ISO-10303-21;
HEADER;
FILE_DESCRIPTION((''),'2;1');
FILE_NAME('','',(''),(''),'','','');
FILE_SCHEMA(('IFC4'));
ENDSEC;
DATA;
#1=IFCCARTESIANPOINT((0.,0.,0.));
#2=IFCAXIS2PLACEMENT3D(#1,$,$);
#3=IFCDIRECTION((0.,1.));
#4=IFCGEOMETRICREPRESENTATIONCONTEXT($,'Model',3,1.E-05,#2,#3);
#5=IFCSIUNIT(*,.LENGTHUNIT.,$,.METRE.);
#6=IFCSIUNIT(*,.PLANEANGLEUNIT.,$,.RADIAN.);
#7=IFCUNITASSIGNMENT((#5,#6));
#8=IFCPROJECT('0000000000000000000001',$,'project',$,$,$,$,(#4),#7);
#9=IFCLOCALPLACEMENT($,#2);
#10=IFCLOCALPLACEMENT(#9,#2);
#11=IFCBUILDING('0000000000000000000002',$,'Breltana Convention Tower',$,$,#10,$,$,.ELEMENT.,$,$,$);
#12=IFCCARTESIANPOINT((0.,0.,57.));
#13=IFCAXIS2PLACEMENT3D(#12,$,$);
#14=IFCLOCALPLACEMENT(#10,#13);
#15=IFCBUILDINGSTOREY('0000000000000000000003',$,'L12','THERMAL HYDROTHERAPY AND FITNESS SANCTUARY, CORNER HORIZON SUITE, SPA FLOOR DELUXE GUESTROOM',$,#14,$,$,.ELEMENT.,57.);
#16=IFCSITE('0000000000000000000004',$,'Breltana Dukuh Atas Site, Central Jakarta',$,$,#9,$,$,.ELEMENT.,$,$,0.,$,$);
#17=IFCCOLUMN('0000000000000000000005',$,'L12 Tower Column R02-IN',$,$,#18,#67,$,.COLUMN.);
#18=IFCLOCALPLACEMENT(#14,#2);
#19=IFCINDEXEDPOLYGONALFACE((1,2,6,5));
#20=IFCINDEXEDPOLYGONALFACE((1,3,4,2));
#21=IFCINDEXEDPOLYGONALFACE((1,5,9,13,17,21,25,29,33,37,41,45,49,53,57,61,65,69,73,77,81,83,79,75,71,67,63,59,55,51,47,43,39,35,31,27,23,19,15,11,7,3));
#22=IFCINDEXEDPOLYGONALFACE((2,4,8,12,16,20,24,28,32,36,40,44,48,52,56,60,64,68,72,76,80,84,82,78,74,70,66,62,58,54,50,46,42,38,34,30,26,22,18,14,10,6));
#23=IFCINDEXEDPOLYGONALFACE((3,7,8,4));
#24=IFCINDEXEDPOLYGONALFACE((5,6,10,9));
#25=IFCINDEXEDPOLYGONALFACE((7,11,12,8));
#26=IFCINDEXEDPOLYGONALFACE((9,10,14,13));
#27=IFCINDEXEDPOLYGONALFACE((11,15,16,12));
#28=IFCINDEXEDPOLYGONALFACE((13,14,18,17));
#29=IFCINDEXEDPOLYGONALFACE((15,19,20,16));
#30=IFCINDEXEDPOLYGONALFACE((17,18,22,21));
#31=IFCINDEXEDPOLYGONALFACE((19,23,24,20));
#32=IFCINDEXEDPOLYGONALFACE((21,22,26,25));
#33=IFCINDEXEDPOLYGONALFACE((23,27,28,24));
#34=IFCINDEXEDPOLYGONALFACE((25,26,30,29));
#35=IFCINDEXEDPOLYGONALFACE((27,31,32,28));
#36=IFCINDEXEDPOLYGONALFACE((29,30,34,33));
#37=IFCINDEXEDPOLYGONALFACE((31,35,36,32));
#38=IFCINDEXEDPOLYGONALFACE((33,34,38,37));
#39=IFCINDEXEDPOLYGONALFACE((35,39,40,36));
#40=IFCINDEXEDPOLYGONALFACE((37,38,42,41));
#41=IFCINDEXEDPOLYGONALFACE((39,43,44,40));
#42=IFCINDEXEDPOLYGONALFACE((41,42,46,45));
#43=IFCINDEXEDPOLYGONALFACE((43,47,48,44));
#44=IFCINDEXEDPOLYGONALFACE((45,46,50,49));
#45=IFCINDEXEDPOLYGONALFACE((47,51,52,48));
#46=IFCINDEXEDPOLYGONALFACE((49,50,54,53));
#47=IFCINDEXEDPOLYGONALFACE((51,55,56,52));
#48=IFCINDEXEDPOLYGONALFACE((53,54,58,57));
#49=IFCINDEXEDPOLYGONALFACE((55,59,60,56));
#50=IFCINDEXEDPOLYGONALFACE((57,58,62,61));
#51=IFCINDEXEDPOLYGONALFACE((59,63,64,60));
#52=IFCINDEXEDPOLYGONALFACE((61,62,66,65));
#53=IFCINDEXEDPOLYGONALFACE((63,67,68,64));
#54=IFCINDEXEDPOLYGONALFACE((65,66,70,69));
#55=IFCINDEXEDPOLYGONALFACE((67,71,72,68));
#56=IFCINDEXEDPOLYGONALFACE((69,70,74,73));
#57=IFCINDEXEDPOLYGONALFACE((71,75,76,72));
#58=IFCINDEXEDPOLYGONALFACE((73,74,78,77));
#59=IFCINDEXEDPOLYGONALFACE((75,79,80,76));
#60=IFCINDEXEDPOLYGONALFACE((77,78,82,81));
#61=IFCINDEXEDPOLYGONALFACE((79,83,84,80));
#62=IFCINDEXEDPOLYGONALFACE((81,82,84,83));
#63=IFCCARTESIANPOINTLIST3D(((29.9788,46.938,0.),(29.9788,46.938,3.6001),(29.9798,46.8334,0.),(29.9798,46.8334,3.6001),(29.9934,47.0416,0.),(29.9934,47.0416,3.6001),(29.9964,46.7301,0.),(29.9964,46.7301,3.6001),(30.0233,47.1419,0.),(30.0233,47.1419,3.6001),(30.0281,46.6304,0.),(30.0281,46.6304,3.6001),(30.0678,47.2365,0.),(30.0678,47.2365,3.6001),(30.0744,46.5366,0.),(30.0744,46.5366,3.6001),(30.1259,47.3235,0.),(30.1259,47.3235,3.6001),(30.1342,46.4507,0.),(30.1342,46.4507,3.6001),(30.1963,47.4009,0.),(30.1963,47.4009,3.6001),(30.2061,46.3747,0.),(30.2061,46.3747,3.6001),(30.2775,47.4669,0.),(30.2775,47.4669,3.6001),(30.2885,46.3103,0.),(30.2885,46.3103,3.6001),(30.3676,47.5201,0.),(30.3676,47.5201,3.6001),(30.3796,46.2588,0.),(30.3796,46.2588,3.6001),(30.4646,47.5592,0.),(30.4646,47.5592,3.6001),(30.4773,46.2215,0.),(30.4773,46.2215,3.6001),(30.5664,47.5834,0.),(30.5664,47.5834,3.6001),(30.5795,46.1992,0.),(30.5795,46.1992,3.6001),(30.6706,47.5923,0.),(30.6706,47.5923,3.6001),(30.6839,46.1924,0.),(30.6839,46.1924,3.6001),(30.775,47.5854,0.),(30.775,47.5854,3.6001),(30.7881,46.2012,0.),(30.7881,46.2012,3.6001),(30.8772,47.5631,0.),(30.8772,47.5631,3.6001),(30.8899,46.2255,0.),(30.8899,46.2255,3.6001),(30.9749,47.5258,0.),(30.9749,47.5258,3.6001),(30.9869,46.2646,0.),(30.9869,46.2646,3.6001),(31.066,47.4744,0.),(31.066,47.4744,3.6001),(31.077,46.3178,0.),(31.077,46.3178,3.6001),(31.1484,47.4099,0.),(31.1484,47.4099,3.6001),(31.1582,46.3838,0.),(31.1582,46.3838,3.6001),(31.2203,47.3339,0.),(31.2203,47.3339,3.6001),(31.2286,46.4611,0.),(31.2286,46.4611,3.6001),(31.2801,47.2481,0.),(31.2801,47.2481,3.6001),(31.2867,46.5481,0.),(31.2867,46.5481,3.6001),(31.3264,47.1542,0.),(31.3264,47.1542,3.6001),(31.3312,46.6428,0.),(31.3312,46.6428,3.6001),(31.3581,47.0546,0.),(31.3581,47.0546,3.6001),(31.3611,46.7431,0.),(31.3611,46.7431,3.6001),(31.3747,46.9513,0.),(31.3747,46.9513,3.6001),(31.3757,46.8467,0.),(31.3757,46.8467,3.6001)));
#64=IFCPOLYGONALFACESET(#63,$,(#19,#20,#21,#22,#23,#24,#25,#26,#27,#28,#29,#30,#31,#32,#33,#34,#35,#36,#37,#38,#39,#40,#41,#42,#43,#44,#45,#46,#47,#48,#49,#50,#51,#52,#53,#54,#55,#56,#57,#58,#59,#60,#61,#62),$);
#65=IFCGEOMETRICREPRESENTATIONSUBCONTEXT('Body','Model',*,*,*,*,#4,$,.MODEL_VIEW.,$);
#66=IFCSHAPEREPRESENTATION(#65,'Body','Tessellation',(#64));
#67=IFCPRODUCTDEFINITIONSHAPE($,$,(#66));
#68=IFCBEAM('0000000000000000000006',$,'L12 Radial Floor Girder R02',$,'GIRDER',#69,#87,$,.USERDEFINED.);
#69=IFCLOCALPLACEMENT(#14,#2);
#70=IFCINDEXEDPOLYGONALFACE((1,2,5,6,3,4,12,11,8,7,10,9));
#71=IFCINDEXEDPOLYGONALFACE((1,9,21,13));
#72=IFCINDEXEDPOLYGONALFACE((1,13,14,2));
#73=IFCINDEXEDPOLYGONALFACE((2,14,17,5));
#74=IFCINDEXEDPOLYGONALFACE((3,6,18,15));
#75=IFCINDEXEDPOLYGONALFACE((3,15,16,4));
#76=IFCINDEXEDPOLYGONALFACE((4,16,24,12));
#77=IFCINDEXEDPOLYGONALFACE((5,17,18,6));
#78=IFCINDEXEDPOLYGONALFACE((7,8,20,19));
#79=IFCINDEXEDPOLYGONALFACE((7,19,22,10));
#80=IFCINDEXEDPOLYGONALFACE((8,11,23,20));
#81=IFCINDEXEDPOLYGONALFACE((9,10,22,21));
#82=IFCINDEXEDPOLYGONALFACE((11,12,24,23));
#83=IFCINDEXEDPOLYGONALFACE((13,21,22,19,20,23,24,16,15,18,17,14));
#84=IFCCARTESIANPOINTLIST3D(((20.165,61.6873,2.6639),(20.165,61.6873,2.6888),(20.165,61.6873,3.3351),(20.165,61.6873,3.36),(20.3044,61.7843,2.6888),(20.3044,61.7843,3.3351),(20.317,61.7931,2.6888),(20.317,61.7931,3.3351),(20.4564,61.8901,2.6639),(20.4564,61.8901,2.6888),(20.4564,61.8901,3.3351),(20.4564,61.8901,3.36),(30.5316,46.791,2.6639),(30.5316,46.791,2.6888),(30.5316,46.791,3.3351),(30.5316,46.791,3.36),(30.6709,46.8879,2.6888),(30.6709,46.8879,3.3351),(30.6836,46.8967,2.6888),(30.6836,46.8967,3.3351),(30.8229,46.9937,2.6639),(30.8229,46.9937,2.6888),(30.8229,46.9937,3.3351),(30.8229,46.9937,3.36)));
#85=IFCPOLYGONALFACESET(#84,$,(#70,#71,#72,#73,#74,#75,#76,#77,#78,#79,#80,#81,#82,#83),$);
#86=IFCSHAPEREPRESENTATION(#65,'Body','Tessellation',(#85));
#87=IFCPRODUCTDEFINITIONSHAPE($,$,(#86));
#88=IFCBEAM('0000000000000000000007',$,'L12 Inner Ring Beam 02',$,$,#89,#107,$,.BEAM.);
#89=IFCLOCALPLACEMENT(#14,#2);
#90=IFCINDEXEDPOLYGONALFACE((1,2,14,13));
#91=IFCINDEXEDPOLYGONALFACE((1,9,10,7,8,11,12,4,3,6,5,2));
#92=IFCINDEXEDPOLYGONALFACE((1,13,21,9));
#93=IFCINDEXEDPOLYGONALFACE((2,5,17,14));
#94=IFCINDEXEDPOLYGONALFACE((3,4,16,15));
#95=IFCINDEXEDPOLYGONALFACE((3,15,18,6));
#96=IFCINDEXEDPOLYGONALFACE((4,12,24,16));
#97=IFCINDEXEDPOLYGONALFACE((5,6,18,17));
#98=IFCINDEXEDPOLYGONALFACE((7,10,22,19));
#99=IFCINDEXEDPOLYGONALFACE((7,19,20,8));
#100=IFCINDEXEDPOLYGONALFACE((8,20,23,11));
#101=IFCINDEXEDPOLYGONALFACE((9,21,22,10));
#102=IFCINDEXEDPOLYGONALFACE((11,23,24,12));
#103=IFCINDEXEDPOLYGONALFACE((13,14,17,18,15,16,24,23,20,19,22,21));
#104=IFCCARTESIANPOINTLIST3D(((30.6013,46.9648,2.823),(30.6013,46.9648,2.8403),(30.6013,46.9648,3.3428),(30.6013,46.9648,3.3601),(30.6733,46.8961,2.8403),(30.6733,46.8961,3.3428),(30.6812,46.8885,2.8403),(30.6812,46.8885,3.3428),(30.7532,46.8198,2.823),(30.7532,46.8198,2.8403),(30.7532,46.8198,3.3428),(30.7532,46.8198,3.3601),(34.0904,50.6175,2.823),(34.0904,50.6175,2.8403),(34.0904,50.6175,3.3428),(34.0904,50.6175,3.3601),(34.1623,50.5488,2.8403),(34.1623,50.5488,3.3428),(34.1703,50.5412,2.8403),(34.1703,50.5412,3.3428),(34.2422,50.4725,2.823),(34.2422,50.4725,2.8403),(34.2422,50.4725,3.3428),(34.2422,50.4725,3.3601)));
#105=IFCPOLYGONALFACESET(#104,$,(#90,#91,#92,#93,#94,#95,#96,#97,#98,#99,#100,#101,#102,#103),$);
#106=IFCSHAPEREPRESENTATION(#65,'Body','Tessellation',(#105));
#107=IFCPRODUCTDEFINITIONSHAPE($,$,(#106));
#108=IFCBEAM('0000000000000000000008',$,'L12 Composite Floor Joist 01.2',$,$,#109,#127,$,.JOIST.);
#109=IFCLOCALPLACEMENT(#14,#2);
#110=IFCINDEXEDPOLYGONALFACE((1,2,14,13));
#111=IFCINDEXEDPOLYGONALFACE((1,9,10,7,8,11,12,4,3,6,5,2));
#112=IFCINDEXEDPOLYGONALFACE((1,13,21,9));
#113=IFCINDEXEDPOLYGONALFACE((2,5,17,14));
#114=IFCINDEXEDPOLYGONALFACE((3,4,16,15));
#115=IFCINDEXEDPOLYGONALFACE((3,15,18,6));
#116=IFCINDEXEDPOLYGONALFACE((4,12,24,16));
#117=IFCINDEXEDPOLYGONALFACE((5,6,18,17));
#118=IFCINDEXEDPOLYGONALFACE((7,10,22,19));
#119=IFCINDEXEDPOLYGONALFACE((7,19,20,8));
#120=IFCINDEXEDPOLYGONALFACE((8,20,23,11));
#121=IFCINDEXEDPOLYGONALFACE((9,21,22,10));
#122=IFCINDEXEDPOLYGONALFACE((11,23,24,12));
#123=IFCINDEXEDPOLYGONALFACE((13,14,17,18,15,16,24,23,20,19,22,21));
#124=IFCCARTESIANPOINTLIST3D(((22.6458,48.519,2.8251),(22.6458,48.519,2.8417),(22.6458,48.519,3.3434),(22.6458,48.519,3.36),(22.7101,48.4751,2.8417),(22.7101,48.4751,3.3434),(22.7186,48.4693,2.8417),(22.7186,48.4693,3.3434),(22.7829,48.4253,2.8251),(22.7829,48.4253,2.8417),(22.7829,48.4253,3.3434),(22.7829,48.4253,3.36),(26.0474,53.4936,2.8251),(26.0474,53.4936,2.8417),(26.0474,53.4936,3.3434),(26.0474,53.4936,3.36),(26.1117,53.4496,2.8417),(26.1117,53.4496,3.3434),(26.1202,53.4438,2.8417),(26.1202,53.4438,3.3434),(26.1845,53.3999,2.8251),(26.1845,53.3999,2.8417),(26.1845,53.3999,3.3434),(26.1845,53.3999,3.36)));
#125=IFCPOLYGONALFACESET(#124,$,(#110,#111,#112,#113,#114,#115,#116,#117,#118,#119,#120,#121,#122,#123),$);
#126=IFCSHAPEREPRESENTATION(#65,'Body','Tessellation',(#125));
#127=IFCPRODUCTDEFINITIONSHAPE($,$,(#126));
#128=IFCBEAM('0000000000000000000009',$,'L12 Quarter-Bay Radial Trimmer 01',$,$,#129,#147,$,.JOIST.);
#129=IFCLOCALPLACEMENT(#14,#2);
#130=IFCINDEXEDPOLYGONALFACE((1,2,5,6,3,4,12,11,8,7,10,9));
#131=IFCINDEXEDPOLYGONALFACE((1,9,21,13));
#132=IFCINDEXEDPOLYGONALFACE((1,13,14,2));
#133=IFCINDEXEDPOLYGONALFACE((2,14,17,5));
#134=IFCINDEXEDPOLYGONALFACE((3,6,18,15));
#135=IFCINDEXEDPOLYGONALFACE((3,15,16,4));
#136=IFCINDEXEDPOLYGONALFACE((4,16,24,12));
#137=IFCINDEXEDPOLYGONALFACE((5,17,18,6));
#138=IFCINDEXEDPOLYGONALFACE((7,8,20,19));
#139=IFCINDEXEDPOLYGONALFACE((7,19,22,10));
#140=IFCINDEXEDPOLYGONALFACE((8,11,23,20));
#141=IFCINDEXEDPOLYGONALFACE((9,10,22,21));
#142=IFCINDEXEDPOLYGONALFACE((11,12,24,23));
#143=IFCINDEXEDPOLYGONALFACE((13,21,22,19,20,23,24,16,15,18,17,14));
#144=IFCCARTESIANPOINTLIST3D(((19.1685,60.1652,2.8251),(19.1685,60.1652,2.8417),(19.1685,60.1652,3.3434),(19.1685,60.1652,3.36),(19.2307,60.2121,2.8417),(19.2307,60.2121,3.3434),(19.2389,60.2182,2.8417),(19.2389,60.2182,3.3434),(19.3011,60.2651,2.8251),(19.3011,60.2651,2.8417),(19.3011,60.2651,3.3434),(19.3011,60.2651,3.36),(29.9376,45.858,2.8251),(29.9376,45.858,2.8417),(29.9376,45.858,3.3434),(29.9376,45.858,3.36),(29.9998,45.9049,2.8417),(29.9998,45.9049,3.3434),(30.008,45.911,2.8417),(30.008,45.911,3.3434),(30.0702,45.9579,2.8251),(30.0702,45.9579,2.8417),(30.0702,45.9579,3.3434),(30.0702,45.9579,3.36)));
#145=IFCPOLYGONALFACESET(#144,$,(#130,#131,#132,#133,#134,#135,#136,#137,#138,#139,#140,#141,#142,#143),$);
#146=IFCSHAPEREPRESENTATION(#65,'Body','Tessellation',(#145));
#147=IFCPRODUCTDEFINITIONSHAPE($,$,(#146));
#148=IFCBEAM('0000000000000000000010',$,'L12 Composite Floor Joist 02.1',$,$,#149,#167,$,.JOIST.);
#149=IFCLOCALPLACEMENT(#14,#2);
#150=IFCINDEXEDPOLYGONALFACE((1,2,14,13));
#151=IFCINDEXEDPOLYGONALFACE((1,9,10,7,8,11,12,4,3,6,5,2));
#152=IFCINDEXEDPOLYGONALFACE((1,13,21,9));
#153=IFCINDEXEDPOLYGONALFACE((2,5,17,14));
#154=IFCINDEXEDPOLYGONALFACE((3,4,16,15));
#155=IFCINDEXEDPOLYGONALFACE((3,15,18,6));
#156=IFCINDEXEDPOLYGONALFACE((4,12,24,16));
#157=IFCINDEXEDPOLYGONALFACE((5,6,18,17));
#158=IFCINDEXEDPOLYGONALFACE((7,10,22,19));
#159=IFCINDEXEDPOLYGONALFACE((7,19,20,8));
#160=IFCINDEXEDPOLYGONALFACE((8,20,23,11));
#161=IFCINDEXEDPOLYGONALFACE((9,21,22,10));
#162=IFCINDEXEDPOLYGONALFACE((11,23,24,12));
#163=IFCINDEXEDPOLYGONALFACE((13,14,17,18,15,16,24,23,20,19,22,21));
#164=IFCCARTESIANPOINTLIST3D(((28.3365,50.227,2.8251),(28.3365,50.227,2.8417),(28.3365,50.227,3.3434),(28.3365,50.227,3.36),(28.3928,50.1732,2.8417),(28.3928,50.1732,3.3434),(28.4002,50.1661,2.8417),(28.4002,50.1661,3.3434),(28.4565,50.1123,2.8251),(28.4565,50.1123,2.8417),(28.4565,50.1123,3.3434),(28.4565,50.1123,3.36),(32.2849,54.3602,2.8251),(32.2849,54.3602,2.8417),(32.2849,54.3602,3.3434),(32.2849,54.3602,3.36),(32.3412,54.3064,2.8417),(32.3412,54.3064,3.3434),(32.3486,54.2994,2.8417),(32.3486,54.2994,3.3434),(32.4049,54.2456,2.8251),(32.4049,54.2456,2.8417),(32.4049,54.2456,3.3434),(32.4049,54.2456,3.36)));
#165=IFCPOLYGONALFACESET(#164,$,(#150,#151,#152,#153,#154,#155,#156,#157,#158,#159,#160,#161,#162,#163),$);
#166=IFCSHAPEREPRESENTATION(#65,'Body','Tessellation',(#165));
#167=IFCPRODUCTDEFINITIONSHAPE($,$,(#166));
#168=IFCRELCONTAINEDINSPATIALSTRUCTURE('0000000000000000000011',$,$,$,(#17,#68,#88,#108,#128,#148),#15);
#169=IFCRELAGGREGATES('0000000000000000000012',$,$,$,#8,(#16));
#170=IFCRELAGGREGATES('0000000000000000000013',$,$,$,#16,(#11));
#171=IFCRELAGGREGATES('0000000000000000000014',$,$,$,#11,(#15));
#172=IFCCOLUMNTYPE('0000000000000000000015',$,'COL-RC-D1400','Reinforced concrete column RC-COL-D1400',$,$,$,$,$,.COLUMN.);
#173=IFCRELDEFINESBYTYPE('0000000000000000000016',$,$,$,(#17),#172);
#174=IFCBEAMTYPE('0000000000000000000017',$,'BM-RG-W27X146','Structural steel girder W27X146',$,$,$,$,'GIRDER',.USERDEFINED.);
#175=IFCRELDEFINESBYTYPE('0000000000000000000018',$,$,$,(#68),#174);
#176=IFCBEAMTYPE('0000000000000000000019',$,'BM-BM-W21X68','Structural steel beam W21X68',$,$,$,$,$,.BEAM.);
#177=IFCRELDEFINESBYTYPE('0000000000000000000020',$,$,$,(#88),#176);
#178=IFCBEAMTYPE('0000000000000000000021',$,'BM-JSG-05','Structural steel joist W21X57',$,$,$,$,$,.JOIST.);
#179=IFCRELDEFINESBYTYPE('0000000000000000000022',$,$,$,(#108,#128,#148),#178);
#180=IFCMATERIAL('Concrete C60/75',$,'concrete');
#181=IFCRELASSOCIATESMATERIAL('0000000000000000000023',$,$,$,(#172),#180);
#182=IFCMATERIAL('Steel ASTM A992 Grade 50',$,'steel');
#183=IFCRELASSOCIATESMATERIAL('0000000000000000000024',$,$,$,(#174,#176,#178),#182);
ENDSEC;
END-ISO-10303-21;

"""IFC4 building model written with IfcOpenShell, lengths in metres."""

from ifc_helpers import new_model, si_unit, direction, frame, origin, origin_2d, place, context, subcontext, project, spatial, circle, i_section, extrude, source, transform, mapped, material, material_profile, profile_set, type_object, element, save


model = new_model("IFC4")

# Units and contexts
model_context = context("Model", 3, precision=1e-05, world=origin(), true_north=direction((0.0, 1.0)))
body_context = subcontext(model_context, "Body", "Model", "MODEL_VIEW")
ifc_project = project(units=[si_unit("LENGTHUNIT", "METRE"), si_unit("PLANEANGLEUNIT", "RADIAN")], contexts=[model_context])

# Site, building, storey
site_placement = place(None, origin())
site = spatial("IfcSite", under=ifc_project, at=site_placement, Name="Breltana Dukuh Atas Site, Central Jakarta", CompositionType="ELEMENT", RefElevation=0.0)
building_placement = place(site_placement, origin())
building = spatial("IfcBuilding", under=site, at=building_placement, Name="Breltana Convention Tower", CompositionType="ELEMENT")
storey_placement = place(building_placement, frame((0.0, 0.0, 57.0)))
storey = spatial("IfcBuildingStorey", under=building, at=storey_placement, Name="L12", Description="THERMAL HYDROTHERAPY AND FITNESS SANCTUARY, CORNER HORIZON SUITE, SPA FLOOR DELUXE GUESTROOM", CompositionType="ELEMENT", Elevation=57.0)

# Column
ifc_material_1 = material(Name="Concrete C60/75", Category="concrete")
ifc_material_profile_1 = material_profile(ifc_material_1, circle(Radius=0.7, at=origin_2d()), Name="RC-COL-D1400")
ifc_profile_set_1 = profile_set([ifc_material_profile_1], Name="Concrete C60/75")
column_type = type_object("IfcColumnType", Name="COL-RC-D1400", Description="Reinforced concrete column RC-COL-D1400", PredefinedType="COLUMN", material=ifc_profile_set_1)
shared_shape_1 = source(origin(), body_context, "Body", "SweptSolid", [
    extrude(circle(Radius=0.7, at=origin_2d()), origin(), (0.0, 0.0, 1.0), 3.6001),
])
column_placement = place(storey_placement, frame((30.6772, 46.8923, 0.0), z_axis=(0.0, 0.0, 1.0), x_axis=(-0.571143, 0.82085, 0.0)))
element("IfcColumn", 1, at=column_placement, inside=storey, type_object=column_type, Name="L12 Tower Column R02-IN", PredefinedType="COLUMN", context=body_context, shape_type="MappedRepresentation", body=[
    mapped(shared_shape_1, transform((0.0, 0.0, 0.0), scale=1.0)),
])

# Beams
ifc_material_2 = material(Name="Steel ASTM A992 Grade 50", Category="steel")
ifc_material_profile_2 = material_profile(ifc_material_2, i_section(OverallWidth=0.355, OverallDepth=0.696, WebThickness=0.0154, FlangeThickness=0.0249, at=origin_2d()), Name="W27X146")
ifc_profile_set_2 = profile_set([ifc_material_profile_2], Name="Steel ASTM A992 Grade 50")
beam_type_1 = type_object("IfcBeamType", Name="BM-RG-W27X146", Description="Structural steel girder W27X146", ElementType="GIRDER", PredefinedType="USERDEFINED", material=ifc_profile_set_2)
shared_shape_2 = source(origin(), body_context, "Body", "SweptSolid", [
    extrude(i_section(OverallWidth=0.355, OverallDepth=0.696, WebThickness=0.0154, FlangeThickness=0.0249, at=origin_2d()), origin(), (0.0, 0.0, 1.0), 18.1484),
])
beam_1_placement = place(storey_placement, frame((30.6772, 46.8923, 3.012), z_axis=(-0.571208, 0.820806, 0.0), x_axis=(-0.820806, -0.571208, 0.0)))
element("IfcBeam", 2, at=beam_1_placement, inside=storey, type_object=beam_type_1, Name="L12 Radial Floor Girder R02", ObjectType="GIRDER", PredefinedType="USERDEFINED", context=body_context, shape_type="MappedRepresentation", body=[
    mapped(shared_shape_2, transform((0.0, 0.0, 0.0), scale=1.0)),
])
ifc_material_profile_3 = material_profile(ifc_material_2, i_section(OverallWidth=0.21, OverallDepth=0.5371, WebThickness=0.011, FlangeThickness=0.0173, at=origin_2d()), Name="W21X68")
ifc_profile_set_3 = profile_set([ifc_material_profile_3], Name="Steel ASTM A992 Grade 50")
beam_type_2 = type_object("IfcBeamType", Name="BM-BM-W21X68", Description="Structural steel beam W21X68", PredefinedType="BEAM", material=ifc_profile_set_3)
shared_shape_3 = source(origin(), body_context, "Body", "SweptSolid", [
    extrude(i_section(OverallWidth=0.21, OverallDepth=0.5371, WebThickness=0.011, FlangeThickness=0.0173, at=origin_2d()), origin(), (0.0, 0.0, 1.0), 5.0513),
])
beam_2_placement = place(storey_placement, frame((30.6772, 46.8923, 3.0916), z_axis=(0.69073, 0.723113, 0.0), x_axis=(-0.723113, 0.69073, 0.0)))
element("IfcBeam", 3, at=beam_2_placement, inside=storey, type_object=beam_type_2, Name="L12 Inner Ring Beam 02", PredefinedType="BEAM", context=body_context, shape_type="MappedRepresentation", body=[
    mapped(shared_shape_3, transform((0.0, 0.0, 0.0), scale=1.0)),
])
ifc_material_profile_4 = material_profile(ifc_material_2, i_section(OverallWidth=0.166, OverallDepth=0.5349, WebThickness=0.0103, FlangeThickness=0.0166, at=origin_2d()), Name="W21X57")
ifc_profile_set_4 = profile_set([ifc_material_profile_4], Name="Steel ASTM A992 Grade 50")
beam_type_3 = type_object("IfcBeamType", Name="BM-JSG-05", Description="Structural steel joist W21X57", PredefinedType="JOIST", material=ifc_profile_set_4)
shared_shape_4 = source(origin(), body_context, "Body", "SweptSolid", [
    extrude(i_section(OverallWidth=0.166, OverallDepth=0.5349, WebThickness=0.0103, FlangeThickness=0.0166, at=origin_2d()), origin(), (0.0, 0.0, 1.0), 6.0264),
])
beam_3_placement = place(storey_placement, frame((22.7144, 48.4722, 3.0925), z_axis=(0.56445, 0.825467, 0.0), x_axis=(-0.825467, 0.56445, 0.0)))
element("IfcBeam", 4, at=beam_3_placement, inside=storey, type_object=beam_type_3, Name="L12 Composite Floor Joist 01.2", PredefinedType="JOIST", context=body_context, shape_type="MappedRepresentation", body=[
    mapped(shared_shape_4, transform((0.0, 0.0, 0.0), scale=1.0)),
])
shared_shape_5 = source(origin(), body_context, "Body", "SweptSolid", [
    extrude(i_section(OverallWidth=0.166, OverallDepth=0.5349, WebThickness=0.0103, FlangeThickness=0.0166, at=origin_2d()), origin(), (0.0, 0.0, 1.0), 17.9072),
])
beam_4_placement = place(storey_placement, frame((30.0039, 45.908, 3.0925), z_axis=(-0.601382, 0.798962, 0.0), x_axis=(-0.798962, -0.601382, 0.0)))
element("IfcBeam", 5, at=beam_4_placement, inside=storey, type_object=beam_type_3, Name="L12 Quarter-Bay Radial Trimmer 01", PredefinedType="JOIST", context=body_context, shape_type="MappedRepresentation", body=[
    mapped(shared_shape_5, transform((0.0, 0.0, 0.0), scale=1.0)),
])
shared_shape_6 = source(origin(), body_context, "Body", "SweptSolid", [
    extrude(i_section(OverallWidth=0.166, OverallDepth=0.5349, WebThickness=0.0103, FlangeThickness=0.0166, at=origin_2d()), origin(), (0.0, 0.0, 1.0), 5.7161),
])
beam_5_placement = place(storey_placement, frame((28.3965, 50.1697, 3.0925), z_axis=(0.690756, 0.723088, 0.0), x_axis=(-0.723088, 0.690756, 0.0)))
element("IfcBeam", 6, at=beam_5_placement, inside=storey, type_object=beam_type_3, Name="L12 Composite Floor Joist 02.1", PredefinedType="JOIST", context=body_context, shape_type="MappedRepresentation", body=[
    mapped(shared_shape_6, transform((0.0, 0.0, 0.0), scale=1.0)),
])

save(model, "model.ifc")
